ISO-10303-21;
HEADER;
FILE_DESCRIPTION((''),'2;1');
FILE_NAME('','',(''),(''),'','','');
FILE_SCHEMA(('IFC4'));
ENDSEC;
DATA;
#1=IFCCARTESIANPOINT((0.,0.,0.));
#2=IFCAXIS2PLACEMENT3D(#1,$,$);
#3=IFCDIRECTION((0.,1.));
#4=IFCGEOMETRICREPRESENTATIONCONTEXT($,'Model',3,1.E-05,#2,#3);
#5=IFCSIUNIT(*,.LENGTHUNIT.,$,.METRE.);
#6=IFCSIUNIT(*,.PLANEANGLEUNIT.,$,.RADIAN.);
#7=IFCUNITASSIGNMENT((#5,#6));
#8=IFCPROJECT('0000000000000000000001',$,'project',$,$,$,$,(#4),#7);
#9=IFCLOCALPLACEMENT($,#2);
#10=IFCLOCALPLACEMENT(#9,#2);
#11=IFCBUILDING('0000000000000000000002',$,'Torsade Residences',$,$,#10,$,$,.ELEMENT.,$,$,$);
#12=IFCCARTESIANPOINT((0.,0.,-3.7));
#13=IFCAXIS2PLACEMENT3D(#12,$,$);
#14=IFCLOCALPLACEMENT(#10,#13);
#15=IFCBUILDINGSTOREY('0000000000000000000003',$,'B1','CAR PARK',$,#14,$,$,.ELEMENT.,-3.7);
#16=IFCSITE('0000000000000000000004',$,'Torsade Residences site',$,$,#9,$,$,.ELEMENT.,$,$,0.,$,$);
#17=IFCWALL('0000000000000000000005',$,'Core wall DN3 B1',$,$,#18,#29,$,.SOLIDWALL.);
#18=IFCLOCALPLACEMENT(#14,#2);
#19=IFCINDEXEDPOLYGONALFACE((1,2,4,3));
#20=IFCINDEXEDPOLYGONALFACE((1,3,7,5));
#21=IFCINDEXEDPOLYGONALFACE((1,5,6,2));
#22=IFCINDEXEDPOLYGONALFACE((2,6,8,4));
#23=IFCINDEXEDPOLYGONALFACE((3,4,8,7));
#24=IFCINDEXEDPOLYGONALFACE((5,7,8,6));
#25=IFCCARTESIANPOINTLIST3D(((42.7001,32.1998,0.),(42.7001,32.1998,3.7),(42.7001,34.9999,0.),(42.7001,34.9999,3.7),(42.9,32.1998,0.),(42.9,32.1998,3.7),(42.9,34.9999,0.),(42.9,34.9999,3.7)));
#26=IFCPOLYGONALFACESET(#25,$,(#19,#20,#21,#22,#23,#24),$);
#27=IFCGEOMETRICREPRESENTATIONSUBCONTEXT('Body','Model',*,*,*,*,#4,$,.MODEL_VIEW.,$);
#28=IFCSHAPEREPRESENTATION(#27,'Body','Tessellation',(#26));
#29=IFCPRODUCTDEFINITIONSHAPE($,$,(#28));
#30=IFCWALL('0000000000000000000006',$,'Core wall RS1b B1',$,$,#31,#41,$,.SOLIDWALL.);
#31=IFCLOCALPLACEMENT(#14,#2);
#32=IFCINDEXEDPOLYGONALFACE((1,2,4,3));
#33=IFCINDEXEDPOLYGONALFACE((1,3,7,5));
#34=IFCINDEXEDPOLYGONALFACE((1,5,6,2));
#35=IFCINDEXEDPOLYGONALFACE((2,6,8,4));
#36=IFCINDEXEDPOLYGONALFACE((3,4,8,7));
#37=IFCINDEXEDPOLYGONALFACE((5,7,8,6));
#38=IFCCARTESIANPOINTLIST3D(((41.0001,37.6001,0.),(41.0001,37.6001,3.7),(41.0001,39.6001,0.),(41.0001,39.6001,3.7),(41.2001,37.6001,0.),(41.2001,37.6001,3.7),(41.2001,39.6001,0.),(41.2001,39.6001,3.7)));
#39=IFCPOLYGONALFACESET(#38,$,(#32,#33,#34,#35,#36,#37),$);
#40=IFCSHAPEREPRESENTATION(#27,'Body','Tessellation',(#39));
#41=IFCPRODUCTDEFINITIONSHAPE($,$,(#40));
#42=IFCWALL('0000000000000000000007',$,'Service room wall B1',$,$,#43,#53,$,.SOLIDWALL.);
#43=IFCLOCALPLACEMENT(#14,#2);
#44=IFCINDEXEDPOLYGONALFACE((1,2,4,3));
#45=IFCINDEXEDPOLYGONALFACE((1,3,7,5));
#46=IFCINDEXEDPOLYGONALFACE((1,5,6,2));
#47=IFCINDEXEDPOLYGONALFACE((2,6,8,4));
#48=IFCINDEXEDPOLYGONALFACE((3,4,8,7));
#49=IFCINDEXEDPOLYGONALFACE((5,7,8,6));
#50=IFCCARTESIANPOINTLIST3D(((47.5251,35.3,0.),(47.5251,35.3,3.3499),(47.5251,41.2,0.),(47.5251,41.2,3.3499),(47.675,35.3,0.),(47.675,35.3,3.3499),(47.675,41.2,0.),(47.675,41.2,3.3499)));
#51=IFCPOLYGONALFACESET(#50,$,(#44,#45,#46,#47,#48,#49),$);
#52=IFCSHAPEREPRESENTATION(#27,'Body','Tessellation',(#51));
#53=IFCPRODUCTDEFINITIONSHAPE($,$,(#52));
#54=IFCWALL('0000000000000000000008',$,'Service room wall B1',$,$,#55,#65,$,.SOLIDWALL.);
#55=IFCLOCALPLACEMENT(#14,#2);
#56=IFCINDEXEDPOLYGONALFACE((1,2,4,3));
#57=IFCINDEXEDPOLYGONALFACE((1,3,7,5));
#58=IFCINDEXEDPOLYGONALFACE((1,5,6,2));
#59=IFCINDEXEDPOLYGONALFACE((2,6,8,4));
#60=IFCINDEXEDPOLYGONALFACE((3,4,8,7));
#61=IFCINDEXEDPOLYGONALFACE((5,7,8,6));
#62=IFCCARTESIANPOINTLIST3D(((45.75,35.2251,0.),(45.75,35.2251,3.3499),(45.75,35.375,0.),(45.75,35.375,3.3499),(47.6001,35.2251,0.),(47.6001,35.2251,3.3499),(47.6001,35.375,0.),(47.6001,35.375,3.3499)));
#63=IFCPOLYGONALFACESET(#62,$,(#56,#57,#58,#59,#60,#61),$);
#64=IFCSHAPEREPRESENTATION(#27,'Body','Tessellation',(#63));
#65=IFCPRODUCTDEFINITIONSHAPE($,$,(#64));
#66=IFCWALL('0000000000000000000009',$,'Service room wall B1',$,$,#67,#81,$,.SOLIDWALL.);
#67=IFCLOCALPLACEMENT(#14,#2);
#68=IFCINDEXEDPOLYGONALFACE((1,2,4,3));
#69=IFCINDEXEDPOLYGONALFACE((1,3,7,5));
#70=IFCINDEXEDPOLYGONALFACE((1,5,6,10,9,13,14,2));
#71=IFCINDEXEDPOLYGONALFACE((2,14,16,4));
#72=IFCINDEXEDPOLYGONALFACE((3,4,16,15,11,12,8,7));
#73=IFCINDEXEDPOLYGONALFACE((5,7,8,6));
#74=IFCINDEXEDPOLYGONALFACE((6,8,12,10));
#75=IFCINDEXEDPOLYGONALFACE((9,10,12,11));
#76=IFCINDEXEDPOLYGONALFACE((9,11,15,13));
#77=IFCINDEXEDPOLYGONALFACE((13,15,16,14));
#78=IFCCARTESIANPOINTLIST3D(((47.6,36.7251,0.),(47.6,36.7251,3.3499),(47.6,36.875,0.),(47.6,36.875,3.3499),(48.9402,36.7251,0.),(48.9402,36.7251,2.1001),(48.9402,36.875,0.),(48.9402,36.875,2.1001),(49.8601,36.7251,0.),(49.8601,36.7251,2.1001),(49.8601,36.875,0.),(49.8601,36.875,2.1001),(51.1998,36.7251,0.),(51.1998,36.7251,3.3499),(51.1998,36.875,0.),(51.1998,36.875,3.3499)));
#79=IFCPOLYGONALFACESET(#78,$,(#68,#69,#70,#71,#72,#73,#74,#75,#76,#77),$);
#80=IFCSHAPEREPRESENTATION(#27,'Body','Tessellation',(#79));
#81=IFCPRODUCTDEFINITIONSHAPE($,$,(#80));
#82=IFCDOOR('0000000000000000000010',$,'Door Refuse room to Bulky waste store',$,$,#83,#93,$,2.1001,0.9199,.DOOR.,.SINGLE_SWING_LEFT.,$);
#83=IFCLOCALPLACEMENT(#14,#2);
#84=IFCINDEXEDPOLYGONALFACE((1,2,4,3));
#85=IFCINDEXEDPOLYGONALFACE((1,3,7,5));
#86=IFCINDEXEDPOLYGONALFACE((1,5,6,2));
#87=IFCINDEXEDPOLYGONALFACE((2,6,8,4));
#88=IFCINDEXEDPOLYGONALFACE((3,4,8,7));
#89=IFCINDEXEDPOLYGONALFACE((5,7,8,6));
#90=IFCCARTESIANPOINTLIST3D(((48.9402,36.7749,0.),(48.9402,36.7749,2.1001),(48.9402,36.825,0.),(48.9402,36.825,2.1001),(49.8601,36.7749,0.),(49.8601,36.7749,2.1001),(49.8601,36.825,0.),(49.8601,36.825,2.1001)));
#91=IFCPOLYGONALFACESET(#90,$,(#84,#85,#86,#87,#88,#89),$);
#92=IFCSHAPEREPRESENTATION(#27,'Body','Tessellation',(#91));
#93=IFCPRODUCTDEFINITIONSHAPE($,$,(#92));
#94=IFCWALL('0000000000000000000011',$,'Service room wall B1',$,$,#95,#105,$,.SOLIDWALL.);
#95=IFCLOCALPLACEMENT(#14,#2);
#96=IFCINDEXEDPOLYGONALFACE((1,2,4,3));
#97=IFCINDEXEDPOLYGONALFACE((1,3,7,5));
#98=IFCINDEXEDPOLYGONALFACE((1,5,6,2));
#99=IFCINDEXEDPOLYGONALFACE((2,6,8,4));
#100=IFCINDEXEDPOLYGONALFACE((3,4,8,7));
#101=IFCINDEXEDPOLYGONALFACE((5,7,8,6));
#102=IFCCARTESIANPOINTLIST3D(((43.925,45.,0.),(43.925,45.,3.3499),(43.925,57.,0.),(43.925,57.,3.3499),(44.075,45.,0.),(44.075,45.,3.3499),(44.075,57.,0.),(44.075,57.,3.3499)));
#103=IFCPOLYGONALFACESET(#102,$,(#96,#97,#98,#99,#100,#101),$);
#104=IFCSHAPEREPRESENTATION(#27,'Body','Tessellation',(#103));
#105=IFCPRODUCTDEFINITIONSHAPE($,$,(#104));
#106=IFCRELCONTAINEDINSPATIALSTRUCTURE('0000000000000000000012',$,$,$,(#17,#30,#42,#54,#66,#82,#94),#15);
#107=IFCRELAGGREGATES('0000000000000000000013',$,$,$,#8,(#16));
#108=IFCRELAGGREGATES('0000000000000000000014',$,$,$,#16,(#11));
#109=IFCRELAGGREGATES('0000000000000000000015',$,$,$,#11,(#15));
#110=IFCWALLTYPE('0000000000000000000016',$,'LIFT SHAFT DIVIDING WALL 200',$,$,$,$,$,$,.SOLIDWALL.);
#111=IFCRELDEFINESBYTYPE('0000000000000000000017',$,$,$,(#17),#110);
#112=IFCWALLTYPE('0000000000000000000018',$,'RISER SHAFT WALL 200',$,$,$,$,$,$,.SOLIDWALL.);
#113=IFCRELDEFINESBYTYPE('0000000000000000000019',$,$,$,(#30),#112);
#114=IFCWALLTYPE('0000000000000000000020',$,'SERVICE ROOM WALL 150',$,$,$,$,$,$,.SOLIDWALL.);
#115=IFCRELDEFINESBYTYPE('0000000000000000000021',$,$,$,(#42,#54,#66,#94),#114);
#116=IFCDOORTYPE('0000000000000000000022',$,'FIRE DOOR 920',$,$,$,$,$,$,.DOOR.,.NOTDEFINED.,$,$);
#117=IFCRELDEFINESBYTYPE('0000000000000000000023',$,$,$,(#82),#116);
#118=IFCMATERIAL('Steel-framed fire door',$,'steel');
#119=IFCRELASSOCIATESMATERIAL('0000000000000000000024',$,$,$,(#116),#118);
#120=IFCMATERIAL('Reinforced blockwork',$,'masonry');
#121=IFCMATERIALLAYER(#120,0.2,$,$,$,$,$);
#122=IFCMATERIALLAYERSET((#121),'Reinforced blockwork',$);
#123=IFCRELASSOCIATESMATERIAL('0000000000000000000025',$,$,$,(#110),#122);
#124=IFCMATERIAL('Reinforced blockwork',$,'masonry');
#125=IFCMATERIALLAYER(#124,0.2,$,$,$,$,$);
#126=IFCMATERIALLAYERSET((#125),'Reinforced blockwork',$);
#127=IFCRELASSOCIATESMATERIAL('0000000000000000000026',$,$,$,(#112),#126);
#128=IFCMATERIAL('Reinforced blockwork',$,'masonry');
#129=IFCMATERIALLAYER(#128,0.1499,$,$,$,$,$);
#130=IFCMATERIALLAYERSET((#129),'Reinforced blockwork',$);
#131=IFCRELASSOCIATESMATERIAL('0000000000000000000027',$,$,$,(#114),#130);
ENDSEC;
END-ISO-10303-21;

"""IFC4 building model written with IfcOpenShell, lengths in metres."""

from ifc_helpers import new_model, si_unit, direction, frame, frame_2d, origin, place, context, subcontext, project, spatial, rectangle, extrude, material, layer, layer_set, type_object, element, fill, save


model = new_model("IFC4")

# Units and contexts
model_context = context("Model", 3, precision=1e-05, world=origin(), true_north=direction((0.0, 1.0)))
body_context = subcontext(model_context, "Body", "Model", "MODEL_VIEW")
ifc_project = project(units=[si_unit("LENGTHUNIT", "METRE"), si_unit("PLANEANGLEUNIT", "RADIAN")], contexts=[model_context])

# Site, building, storey
site_placement = place(None, origin())
site = spatial("IfcSite", under=ifc_project, at=site_placement, Name="Torsade Residences site", CompositionType="ELEMENT", RefElevation=0.0)
building_placement = place(site_placement, origin())
building = spatial("IfcBuilding", under=site, at=building_placement, Name="Torsade Residences", CompositionType="ELEMENT")
storey_placement = place(building_placement, frame((0.0, 0.0, -3.7)))
storey = spatial("IfcBuildingStorey", under=building, at=storey_placement, Name="B1", Description="CAR PARK", CompositionType="ELEMENT", Elevation=-3.7)

# Shared definitions
ifc_material_1 = material(Name="Steel-framed fire door", Category="steel")
door_type_1 = type_object("IfcDoorType", Name="FIRE DOOR 920", OperationType="NOTDEFINED", PredefinedType="DOOR", material=ifc_material_1)

# Walls
ifc_material_2 = material(Name="Reinforced blockwork", Category="masonry")
ifc_layer_1 = layer(ifc_material_2, 0.2)
ifc_layer_set_1 = layer_set([ifc_layer_1], Name="Reinforced blockwork")
wall_type_1 = type_object("IfcWallType", Name="LIFT SHAFT DIVIDING WALL 200", PredefinedType="SOLIDWALL", material=ifc_layer_set_1)
wall_1_placement = place(storey_placement, frame((42.8, 32.2, 0.0), z_axis=(0.0, 0.0, 1.0), x_axis=(0.0, 1.0, 0.0)))
element("IfcWall", 1, at=wall_1_placement, inside=storey, type_object=wall_type_1, Name="Core wall DN3 B1", PredefinedType="SOLIDWALL", context=body_context, shape_type="SweptSolid", body=[
    extrude(rectangle(XDim=2.8, YDim=0.2, at=frame_2d((1.3999, 0.0))), origin(), (0.0, 0.0, 1.0), 3.7),
])
ifc_material_3 = material(Name="Reinforced blockwork", Category="masonry")
ifc_layer_2 = layer(ifc_material_3, 0.2)
ifc_layer_set_2 = layer_set([ifc_layer_2], Name="Reinforced blockwork")
wall_type_2 = type_object("IfcWallType", Name="RISER SHAFT WALL 200", PredefinedType="SOLIDWALL", material=ifc_layer_set_2)
wall_2_placement = place(storey_placement, frame((41.1001, 37.6001, 0.0), z_axis=(0.0, 0.0, 1.0), x_axis=(0.0, 1.0, 0.0)))
element("IfcWall", 2, at=wall_2_placement, inside=storey, type_object=wall_type_2, Name="Core wall RS1b B1", PredefinedType="SOLIDWALL", context=body_context, shape_type="SweptSolid", body=[
    extrude(rectangle(XDim=2.0, YDim=0.2, at=frame_2d((1.0, 0.0))), origin(), (0.0, 0.0, 1.0), 3.7),
])
ifc_material_4 = material(Name="Reinforced blockwork", Category="masonry")
ifc_layer_3 = layer(ifc_material_4, 0.1499)
ifc_layer_set_3 = layer_set([ifc_layer_3], Name="Reinforced blockwork")
wall_type_3 = type_object("IfcWallType", Name="SERVICE ROOM WALL 150", PredefinedType="SOLIDWALL", material=ifc_layer_set_3)
wall_3_placement = place(storey_placement, frame((47.6001, 41.2, 0.0), z_axis=(0.0, 0.0, 1.0), x_axis=(0.0, -1.0, 0.0)))
element("IfcWall", 3, at=wall_3_placement, inside=storey, type_object=wall_type_3, Name="Service room wall B1", PredefinedType="SOLIDWALL", context=body_context, shape_type="SweptSolid", body=[
    extrude(rectangle(XDim=5.8999, YDim=0.1499, at=frame_2d((2.95, 0.0))), origin(), (0.0, 0.0, 1.0), 3.3499),
])
wall_4_placement = place(storey_placement, frame((47.6001, 35.3, 0.0), z_axis=(0.0, 0.0, 1.0), x_axis=(-1.0, 0.0, 0.0)))
element("IfcWall", 4, at=wall_4_placement, inside=storey, type_object=wall_type_3, Name="Service room wall B1", PredefinedType="SOLIDWALL", context=body_context, shape_type="SweptSolid", body=[
    extrude(rectangle(XDim=1.8501, YDim=0.1499, at=frame_2d((0.925, 0.0))), origin(), (0.0, 0.0, 1.0), 3.3499),
])

# Wall, opening, door
wall_5_placement = place(storey_placement, frame((47.6001, 36.8, 0.0), z_axis=(0.0, 0.0, 1.0), x_axis=(1.0, 0.0, 0.0)))
wall_5 = element("IfcWall", 5, at=wall_5_placement, inside=storey, type_object=wall_type_3, Name="Service room wall B1", PredefinedType="SOLIDWALL", context=body_context, shape_type="SweptSolid", body=[
    extrude(rectangle(XDim=3.5999, YDim=0.1499, at=frame_2d((1.7998, 0.0))), origin(), (0.0, 0.0, 1.0), 3.3499),
])
opening_1_placement = place(wall_5_placement, frame((1.3401, 0.0, 0.0)))
opening_1 = element("IfcOpeningElement", 6, at=opening_1_placement, cuts=wall_5, PredefinedType="OPENING", context=body_context, shape_type="SweptSolid", body=[
    extrude(rectangle(XDim=0.9199, YDim=2.1001, at=frame_2d((0.46, 1.05))), frame((0.0, 0.085, 0.0), z_axis=(0.0, -1.0, 0.0), x_axis=(1.0, 0.0, 0.0)), (0.0, 0.0, 1.0), 0.1699),
])
door_1_placement = place(opening_1_placement, origin())
door_1 = element("IfcDoor", 7, at=door_1_placement, inside=storey, type_object=door_type_1, Name="Door Refuse room to Bulky waste store", OperationType="SINGLE_SWING_LEFT", OverallHeight=2.1001, OverallWidth=0.9199, PredefinedType="DOOR", context=body_context, shape_type="SweptSolid", body=[
    extrude(rectangle(XDim=0.9199, YDim=2.1001, at=frame_2d((0.46, 1.05))), frame((0.0, 0.0249, 0.0), z_axis=(0.0, -1.0, 0.0), x_axis=(1.0, 0.0, 0.0)), (0.0, 0.0, 1.0), 0.05),
])
fill(opening_1, door_1)

# Wall
wall_6_placement = place(storey_placement, frame((44.0, 57.0, 0.0), z_axis=(0.0, 0.0, 1.0), x_axis=(0.0, -1.0, 0.0)))
element("IfcWall", 8, at=wall_6_placement, inside=storey, type_object=wall_type_3, Name="Service room wall B1", PredefinedType="SOLIDWALL", context=body_context, shape_type="SweptSolid", body=[
    extrude(rectangle(XDim=12.0, YDim=0.1499, at=frame_2d((6.0, 0.0))), origin(), (0.0, 0.0, 1.0), 3.3499),
])

save(model, "model.ifc")
